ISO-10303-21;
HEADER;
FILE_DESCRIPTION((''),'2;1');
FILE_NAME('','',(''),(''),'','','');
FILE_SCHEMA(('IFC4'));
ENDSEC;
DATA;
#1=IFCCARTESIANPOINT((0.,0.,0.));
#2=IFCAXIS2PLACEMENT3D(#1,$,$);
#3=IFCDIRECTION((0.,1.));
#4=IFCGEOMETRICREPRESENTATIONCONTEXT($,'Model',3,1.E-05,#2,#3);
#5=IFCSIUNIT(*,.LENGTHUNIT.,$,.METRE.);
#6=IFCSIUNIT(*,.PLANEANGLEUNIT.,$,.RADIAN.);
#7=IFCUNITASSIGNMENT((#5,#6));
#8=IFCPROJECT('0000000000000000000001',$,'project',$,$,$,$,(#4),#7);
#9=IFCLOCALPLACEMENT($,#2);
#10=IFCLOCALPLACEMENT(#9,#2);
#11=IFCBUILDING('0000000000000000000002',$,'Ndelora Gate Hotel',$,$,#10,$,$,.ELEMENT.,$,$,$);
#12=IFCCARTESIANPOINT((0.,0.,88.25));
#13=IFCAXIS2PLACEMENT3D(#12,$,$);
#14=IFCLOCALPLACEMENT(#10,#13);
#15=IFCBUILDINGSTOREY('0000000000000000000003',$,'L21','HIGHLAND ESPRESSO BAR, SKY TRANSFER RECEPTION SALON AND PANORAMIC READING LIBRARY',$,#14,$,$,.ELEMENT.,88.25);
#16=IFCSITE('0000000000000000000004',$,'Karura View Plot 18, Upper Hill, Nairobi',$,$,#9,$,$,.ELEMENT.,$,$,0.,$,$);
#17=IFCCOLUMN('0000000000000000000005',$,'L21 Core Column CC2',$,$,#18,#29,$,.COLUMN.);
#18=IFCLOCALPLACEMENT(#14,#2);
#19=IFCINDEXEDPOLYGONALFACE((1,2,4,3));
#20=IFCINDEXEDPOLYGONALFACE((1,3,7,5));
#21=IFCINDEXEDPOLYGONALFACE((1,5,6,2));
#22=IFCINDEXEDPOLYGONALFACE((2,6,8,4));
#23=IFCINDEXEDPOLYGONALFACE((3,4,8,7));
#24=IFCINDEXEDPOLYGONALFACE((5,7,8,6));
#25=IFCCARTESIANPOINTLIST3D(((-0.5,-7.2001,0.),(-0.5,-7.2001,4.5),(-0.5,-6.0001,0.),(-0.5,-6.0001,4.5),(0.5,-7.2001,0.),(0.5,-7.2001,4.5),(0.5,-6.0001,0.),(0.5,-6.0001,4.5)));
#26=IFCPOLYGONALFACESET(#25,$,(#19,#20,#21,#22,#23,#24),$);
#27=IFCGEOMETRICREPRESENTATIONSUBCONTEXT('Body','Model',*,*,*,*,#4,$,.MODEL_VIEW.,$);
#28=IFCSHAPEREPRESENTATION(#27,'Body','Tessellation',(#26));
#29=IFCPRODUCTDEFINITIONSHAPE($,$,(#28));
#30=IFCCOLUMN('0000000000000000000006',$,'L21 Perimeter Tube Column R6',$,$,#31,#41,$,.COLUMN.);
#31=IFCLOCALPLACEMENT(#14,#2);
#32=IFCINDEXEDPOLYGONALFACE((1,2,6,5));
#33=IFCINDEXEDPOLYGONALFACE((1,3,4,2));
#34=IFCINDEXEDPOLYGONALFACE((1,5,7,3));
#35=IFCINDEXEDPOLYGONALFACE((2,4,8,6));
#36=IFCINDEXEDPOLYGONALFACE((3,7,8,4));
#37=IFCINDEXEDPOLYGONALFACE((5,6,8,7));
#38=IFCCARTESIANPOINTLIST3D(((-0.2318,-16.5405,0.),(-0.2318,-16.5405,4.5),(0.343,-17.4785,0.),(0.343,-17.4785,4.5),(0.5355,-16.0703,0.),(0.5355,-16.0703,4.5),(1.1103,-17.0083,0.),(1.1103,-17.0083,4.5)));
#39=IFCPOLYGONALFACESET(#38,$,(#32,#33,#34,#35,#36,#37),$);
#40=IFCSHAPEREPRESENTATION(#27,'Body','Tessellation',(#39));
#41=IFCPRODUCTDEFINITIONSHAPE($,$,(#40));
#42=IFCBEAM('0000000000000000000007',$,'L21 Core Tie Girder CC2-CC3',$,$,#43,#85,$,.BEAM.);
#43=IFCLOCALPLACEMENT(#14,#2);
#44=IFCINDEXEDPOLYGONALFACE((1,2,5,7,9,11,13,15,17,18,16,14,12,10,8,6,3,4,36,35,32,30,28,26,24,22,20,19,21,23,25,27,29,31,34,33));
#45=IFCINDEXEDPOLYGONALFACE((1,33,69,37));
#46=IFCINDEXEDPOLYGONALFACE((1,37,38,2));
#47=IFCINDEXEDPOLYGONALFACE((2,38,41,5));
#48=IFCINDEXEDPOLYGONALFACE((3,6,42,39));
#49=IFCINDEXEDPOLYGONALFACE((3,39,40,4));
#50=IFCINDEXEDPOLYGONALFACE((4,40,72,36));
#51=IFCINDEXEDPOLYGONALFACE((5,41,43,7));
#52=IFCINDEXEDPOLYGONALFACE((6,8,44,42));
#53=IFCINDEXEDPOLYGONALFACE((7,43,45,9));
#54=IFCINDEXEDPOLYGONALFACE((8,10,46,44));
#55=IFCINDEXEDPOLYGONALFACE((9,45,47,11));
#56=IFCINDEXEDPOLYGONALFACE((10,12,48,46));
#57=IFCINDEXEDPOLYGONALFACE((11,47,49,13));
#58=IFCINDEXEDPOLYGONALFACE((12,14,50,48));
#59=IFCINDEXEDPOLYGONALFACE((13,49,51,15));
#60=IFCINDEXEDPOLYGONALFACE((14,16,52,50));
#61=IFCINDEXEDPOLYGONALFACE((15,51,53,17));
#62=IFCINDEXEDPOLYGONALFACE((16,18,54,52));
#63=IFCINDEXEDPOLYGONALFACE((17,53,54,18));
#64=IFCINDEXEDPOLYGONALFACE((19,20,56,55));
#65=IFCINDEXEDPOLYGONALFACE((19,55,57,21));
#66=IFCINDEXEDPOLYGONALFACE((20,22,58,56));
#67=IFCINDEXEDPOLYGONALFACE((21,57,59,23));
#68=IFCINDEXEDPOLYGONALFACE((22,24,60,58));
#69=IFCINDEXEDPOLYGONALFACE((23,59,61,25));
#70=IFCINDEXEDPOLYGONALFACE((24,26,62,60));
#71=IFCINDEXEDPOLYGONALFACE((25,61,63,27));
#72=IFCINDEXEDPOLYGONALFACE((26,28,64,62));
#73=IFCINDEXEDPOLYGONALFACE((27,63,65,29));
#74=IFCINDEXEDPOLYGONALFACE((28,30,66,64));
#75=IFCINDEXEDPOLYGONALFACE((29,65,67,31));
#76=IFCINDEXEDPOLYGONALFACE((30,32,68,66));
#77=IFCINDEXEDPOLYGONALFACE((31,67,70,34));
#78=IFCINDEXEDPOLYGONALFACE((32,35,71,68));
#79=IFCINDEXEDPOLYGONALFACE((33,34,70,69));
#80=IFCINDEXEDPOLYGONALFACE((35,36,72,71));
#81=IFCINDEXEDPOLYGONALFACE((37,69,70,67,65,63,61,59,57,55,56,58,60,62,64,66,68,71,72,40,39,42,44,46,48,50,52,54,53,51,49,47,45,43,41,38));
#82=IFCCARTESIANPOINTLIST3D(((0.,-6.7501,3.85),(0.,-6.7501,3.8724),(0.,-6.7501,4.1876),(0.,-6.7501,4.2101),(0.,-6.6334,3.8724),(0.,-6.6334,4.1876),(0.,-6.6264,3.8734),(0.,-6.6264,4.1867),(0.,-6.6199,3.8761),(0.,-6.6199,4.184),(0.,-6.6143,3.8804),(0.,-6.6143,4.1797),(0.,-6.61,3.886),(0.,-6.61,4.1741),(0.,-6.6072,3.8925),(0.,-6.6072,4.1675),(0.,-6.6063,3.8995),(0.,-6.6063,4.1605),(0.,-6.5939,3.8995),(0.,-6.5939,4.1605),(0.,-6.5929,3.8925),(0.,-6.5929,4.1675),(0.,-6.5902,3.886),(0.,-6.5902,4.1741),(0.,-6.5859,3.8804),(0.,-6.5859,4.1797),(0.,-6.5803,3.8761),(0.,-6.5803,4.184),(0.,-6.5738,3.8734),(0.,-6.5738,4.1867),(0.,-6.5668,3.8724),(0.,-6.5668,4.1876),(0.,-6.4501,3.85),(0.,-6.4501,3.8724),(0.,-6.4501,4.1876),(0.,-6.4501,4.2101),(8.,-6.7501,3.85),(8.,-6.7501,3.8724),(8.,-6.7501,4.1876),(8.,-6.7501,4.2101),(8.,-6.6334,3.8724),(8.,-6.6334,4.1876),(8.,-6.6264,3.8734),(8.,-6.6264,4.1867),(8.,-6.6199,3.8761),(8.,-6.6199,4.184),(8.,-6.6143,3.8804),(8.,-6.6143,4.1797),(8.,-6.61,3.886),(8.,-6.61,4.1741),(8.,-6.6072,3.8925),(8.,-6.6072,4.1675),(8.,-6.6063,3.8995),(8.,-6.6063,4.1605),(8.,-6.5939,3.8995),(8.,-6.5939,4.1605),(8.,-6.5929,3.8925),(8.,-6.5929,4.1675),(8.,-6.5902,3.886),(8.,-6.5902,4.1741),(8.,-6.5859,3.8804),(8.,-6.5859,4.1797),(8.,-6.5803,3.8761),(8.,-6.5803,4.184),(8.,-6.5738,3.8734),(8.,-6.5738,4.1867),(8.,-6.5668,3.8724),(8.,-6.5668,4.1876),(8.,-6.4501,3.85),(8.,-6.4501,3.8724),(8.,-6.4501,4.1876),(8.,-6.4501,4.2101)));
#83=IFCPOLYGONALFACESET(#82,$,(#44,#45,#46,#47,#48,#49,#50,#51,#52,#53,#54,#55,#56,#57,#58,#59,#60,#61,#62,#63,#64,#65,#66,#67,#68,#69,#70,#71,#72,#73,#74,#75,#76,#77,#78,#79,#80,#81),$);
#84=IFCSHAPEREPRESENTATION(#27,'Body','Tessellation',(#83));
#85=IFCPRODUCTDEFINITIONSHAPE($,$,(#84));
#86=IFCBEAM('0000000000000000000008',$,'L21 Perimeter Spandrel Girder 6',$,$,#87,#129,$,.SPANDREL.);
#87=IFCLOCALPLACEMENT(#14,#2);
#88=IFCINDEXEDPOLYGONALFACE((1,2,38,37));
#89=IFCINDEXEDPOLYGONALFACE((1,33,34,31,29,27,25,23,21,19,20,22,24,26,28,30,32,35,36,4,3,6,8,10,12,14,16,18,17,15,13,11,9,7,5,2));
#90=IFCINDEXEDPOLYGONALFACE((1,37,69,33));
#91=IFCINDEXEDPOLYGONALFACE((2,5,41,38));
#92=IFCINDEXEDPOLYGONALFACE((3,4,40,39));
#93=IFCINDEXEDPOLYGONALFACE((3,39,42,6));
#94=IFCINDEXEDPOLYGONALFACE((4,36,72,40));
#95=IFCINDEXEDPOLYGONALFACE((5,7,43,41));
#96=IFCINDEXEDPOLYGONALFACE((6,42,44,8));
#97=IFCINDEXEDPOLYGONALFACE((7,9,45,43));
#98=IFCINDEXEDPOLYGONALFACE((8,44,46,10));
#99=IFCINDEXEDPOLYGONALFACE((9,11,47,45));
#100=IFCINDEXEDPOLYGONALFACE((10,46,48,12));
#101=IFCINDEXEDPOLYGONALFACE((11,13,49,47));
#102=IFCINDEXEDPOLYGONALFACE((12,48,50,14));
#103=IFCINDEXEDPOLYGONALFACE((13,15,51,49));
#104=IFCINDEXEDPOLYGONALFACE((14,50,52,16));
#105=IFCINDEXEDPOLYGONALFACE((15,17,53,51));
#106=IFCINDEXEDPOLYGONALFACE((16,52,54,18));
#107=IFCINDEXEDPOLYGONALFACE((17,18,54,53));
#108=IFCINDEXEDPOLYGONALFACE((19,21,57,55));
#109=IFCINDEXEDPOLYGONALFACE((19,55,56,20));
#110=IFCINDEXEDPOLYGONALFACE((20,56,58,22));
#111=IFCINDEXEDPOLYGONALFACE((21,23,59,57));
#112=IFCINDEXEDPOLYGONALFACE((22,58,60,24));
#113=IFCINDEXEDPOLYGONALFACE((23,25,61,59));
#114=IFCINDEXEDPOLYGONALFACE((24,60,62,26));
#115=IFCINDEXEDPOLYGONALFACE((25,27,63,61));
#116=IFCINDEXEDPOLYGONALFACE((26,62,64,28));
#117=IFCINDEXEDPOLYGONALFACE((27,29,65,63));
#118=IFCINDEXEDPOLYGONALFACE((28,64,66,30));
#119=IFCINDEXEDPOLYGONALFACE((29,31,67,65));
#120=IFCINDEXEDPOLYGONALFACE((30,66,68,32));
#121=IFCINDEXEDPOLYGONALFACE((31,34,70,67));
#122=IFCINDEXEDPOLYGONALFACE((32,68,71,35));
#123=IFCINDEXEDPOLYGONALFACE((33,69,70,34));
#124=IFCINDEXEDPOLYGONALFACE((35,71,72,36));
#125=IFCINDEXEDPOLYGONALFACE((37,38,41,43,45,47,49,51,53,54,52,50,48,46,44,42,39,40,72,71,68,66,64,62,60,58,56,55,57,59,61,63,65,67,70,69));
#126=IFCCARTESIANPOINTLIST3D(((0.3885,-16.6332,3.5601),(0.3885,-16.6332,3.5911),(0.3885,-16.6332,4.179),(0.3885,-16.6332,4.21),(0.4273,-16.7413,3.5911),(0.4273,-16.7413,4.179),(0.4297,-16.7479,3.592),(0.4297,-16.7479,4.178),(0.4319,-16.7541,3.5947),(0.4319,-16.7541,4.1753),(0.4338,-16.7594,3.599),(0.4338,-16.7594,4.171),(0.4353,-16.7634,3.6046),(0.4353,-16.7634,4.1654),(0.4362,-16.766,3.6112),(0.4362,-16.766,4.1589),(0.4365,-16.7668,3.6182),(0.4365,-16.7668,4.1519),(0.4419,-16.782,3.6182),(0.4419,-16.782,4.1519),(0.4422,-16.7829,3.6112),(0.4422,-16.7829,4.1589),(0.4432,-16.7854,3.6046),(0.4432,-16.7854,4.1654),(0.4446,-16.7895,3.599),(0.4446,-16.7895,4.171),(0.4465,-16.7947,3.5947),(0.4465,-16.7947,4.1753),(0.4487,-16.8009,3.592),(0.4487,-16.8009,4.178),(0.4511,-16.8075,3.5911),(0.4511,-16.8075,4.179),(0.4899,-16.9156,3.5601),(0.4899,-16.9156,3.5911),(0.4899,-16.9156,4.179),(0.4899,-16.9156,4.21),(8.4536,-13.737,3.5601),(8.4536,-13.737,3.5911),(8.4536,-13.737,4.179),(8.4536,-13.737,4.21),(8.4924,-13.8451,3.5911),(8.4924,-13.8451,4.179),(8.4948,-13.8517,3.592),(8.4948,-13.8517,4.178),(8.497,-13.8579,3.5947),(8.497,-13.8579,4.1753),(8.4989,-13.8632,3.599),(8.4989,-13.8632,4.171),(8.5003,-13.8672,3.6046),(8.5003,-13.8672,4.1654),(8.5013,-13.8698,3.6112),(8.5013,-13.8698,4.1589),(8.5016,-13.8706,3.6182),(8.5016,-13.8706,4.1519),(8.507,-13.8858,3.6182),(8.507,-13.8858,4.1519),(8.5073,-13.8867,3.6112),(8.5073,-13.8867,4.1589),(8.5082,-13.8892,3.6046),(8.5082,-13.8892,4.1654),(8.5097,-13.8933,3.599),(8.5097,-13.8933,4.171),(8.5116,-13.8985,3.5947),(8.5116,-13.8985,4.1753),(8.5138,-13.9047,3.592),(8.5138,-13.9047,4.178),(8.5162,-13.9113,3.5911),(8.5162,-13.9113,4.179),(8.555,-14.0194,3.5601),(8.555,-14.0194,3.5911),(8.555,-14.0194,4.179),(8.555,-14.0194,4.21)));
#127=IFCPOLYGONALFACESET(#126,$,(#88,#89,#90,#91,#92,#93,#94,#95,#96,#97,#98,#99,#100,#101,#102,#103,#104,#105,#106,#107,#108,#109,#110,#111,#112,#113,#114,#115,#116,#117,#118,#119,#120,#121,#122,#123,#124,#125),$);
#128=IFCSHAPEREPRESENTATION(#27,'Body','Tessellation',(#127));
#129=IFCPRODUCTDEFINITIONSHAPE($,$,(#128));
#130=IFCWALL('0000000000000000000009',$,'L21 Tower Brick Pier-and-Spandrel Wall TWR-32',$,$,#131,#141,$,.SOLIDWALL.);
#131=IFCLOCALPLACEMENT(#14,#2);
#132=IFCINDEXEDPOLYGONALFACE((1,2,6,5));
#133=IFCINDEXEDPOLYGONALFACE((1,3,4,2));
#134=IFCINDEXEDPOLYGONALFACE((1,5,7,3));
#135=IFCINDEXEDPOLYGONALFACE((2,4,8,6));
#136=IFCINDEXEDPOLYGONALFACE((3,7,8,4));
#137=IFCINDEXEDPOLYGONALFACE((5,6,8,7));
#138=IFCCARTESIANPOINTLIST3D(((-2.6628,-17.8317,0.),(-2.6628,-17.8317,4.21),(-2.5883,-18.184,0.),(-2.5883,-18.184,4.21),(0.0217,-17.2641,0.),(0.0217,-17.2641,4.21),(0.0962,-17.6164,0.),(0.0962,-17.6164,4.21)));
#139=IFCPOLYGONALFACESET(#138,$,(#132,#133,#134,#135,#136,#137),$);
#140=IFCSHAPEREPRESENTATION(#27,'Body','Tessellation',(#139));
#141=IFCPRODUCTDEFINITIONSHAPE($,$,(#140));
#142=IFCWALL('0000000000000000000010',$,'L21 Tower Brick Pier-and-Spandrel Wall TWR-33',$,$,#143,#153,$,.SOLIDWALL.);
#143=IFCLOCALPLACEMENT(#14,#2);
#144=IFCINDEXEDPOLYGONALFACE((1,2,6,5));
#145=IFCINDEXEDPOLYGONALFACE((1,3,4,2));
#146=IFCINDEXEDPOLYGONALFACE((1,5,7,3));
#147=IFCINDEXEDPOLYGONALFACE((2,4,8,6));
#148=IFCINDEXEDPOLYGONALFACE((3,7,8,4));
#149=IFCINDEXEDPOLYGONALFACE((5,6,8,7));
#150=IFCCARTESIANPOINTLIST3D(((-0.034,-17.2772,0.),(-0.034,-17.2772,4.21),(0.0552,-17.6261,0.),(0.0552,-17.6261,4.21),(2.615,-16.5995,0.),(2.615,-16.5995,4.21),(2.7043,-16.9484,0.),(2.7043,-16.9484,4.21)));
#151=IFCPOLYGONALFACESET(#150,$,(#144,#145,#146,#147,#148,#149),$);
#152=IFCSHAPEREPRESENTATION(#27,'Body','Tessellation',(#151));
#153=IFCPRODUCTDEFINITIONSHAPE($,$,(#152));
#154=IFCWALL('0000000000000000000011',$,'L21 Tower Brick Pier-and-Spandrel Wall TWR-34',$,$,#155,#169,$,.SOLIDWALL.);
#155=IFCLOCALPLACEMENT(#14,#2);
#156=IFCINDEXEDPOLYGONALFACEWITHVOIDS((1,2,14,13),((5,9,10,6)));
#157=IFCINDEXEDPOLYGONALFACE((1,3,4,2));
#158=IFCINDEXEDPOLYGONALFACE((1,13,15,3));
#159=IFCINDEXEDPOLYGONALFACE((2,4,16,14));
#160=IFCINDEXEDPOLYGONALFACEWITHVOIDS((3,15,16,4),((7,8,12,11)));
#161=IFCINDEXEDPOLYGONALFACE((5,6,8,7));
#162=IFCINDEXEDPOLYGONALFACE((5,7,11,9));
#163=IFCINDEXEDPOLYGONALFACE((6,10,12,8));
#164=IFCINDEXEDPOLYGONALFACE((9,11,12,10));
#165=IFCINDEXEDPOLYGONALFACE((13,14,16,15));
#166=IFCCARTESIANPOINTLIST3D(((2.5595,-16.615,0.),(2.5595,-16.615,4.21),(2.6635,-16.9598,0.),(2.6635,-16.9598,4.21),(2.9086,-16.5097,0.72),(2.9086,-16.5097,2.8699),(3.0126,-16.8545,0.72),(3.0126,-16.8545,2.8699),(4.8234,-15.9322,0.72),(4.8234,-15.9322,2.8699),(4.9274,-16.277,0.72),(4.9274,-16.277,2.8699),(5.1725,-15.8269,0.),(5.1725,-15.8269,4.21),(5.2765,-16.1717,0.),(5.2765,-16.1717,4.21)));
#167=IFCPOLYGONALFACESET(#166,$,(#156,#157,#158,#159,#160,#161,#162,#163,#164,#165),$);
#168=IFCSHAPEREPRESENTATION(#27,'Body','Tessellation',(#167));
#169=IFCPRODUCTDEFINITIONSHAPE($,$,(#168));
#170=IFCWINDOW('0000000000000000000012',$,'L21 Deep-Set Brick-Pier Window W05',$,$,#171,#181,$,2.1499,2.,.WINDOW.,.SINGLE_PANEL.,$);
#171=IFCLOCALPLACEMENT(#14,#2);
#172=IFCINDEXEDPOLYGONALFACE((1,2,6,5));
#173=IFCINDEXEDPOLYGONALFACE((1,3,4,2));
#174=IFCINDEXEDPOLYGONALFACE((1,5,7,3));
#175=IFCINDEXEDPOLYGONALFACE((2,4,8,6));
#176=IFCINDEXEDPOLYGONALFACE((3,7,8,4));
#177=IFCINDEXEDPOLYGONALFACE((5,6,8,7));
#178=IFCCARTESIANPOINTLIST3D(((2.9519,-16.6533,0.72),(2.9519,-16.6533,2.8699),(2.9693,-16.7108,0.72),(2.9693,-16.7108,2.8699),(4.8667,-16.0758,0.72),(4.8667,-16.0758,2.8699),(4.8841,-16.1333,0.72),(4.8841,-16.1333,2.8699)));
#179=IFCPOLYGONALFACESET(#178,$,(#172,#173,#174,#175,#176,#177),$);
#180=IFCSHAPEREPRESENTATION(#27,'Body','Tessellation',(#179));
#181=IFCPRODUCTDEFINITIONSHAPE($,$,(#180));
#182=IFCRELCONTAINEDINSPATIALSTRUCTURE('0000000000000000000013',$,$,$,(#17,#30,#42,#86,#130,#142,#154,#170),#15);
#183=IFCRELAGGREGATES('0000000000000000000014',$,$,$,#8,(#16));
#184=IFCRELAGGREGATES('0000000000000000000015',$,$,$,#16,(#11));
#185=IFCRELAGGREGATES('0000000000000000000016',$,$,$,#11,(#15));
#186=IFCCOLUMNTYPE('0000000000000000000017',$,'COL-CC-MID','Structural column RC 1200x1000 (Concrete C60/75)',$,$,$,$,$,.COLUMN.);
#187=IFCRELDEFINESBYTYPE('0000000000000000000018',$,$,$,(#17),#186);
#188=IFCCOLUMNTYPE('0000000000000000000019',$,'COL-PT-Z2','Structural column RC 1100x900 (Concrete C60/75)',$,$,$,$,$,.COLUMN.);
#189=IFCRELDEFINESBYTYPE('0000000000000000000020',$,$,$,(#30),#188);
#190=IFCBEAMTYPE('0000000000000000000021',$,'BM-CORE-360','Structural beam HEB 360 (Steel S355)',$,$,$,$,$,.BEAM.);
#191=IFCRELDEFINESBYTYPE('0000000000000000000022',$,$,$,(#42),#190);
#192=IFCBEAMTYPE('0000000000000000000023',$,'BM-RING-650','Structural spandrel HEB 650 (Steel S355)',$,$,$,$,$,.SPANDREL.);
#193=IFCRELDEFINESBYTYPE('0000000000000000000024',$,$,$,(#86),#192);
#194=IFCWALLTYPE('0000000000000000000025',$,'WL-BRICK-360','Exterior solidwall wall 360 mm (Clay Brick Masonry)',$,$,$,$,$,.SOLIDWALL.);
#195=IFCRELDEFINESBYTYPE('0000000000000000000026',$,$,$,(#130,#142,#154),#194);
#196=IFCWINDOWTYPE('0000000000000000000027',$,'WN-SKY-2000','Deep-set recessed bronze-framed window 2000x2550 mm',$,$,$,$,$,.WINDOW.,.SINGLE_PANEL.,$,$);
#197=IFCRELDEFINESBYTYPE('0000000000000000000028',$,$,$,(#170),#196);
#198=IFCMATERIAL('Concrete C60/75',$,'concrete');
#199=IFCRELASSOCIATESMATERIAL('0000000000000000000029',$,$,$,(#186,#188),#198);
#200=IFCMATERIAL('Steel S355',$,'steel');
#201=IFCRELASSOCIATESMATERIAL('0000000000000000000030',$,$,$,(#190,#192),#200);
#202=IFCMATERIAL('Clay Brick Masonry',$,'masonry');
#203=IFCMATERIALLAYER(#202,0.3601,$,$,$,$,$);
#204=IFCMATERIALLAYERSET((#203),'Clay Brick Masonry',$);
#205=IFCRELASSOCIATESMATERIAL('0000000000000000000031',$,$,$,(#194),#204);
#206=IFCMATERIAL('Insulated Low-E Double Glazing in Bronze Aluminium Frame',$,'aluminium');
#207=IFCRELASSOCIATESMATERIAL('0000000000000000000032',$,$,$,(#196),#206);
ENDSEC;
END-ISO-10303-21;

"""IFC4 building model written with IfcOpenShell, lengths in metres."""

from ifc_helpers import new_model, si_unit, direction, frame, frame_2d, origin, origin_2d, place, context, subcontext, project, spatial, rectangle, i_section, extrude, material, layer, layer_set, material_profile, profile_set, type_object, element, fill, save


model = new_model("IFC4")

# Units and contexts
model_context = context("Model", 3, precision=1e-05, world=origin(), true_north=direction((0.0, 1.0)))
body_context = subcontext(model_context, "Body", "Model", "MODEL_VIEW")
ifc_project = project(units=[si_unit("LENGTHUNIT", "METRE"), si_unit("PLANEANGLEUNIT", "RADIAN")], contexts=[model_context])

# Site, building, storey
site_placement = place(None, origin())
site = spatial("IfcSite", under=ifc_project, at=site_placement, Name="Karura View Plot 18, Upper Hill, Nairobi", CompositionType="ELEMENT", RefElevation=0.0)
building_placement = place(site_placement, origin())
building = spatial("IfcBuilding", under=site, at=building_placement, Name="Ndelora Gate Hotel", CompositionType="ELEMENT")
storey_placement = place(building_placement, frame((0.0, 0.0, 88.25)))
storey = spatial("IfcBuildingStorey", under=building, at=storey_placement, Name="L21", Description="HIGHLAND ESPRESSO BAR, SKY TRANSFER RECEPTION SALON AND PANORAMIC READING LIBRARY", CompositionType="ELEMENT", Elevation=88.25)

# Columns
ifc_material_1 = material(Name="Concrete C60/75", Category="concrete")
ifc_material_profile_1 = material_profile(ifc_material_1, rectangle(XDim=1.0, YDim=1.2, at=origin_2d()), Name="RC 1200x1000")
ifc_profile_set_1 = profile_set([ifc_material_profile_1], Name="Concrete C60/75")
column_type_1 = type_object("IfcColumnType", Name="COL-CC-MID", Description="Structural column RC 1200x1000 (Concrete C60/75)", PredefinedType="COLUMN", material=ifc_profile_set_1)
column_1_placement = place(storey_placement, frame((0.0, -6.6001, 0.0), z_axis=(0.0, 0.0, 1.0), x_axis=(1.0, 0.0, 0.0)))
element("IfcColumn", 1, at=column_1_placement, inside=storey, type_object=column_type_1, Name="L21 Core Column CC2", PredefinedType="COLUMN", context=body_context, shape_type="SweptSolid", body=[
    extrude(rectangle(XDim=1.0, YDim=1.2, at=origin_2d()), origin(), (0.0, 0.0, 1.0), 4.5),
])
ifc_material_profile_2 = material_profile(ifc_material_1, rectangle(XDim=0.8999, YDim=1.1001, at=origin_2d()), Name="RC 1100x900")
ifc_profile_set_2 = profile_set([ifc_material_profile_2], Name="Concrete C60/75")
column_type_2 = type_object("IfcColumnType", Name="COL-PT-Z2", Description="Structural column RC 1100x900 (Concrete C60/75)", PredefinedType="COLUMN", material=ifc_profile_set_2)
column_2_placement = place(storey_placement, frame((0.4392, -16.7744, 0.0), z_axis=(0.0, 0.0, 1.0), x_axis=(0.85264, 0.522499, 0.0)))
element("IfcColumn", 2, at=column_2_placement, inside=storey, type_object=column_type_2, Name="L21 Perimeter Tube Column R6", PredefinedType="COLUMN", context=body_context, shape_type="SweptSolid", body=[
    extrude(rectangle(XDim=0.8999, YDim=1.1001, at=origin_2d()), origin(), (0.0, 0.0, 1.0), 4.5),
])

# Beams
ifc_material_2 = material(Name="Steel S355", Category="steel")
ifc_material_profile_3 = material_profile(ifc_material_2, i_section(OverallWidth=0.3, OverallDepth=0.3601, WebThickness=0.0125, FlangeThickness=0.0225, FilletRadius=0.0271, at=origin_2d()), Name="HEB 360")
ifc_profile_set_3 = profile_set([ifc_material_profile_3], Name="Steel S355")
beam_type_1 = type_object("IfcBeamType", Name="BM-CORE-360", Description="Structural beam HEB 360 (Steel S355)", PredefinedType="BEAM", material=ifc_profile_set_3)
beam_1_placement = place(storey_placement, frame((0.0, -6.6001, 4.03), z_axis=(1.0, 0.0, 0.0), x_axis=(0.0, 1.0, 0.0)))
element("IfcBeam", 3, at=beam_1_placement, inside=storey, type_object=beam_type_1, Name="L21 Core Tie Girder CC2-CC3", PredefinedType="BEAM", context=body_context, shape_type="SweptSolid", body=[
    extrude(i_section(OverallWidth=0.3, OverallDepth=0.3601, WebThickness=0.0125, FlangeThickness=0.0225, FilletRadius=0.0271, at=origin_2d()), origin(), (0.0, 0.0, 1.0), 8.0),
])
ifc_material_profile_4 = material_profile(ifc_material_2, i_section(OverallWidth=0.3, OverallDepth=0.6499, WebThickness=0.0161, FlangeThickness=0.031, FilletRadius=0.0271, at=origin_2d()), Name="HEB 650")
ifc_profile_set_4 = profile_set([ifc_material_profile_4], Name="Steel S355")
beam_type_2 = type_object("IfcBeamType", Name="BM-RING-650", Description="Structural spandrel HEB 650 (Steel S355)", PredefinedType="SPANDREL", material=ifc_profile_set_4)
beam_2_placement = place(storey_placement, frame((0.4392, -16.7744, 3.885), z_axis=(0.941156, 0.337973, 0.0), x_axis=(-0.337973, 0.941156, 0.0)))
element("IfcBeam", 4, at=beam_2_placement, inside=storey, type_object=beam_type_2, Name="L21 Perimeter Spandrel Girder 6", PredefinedType="SPANDREL", context=body_context, shape_type="SweptSolid", body=[
    extrude(i_section(OverallWidth=0.3, OverallDepth=0.6499, WebThickness=0.0161, FlangeThickness=0.031, FilletRadius=0.0271, at=origin_2d()), origin(), (0.0, 0.0, 1.0), 8.5693),
])

# Walls
ifc_material_3 = material(Name="Clay Brick Masonry", Category="masonry")
ifc_layer_1 = layer(ifc_material_3, 0.3601)
ifc_layer_set_1 = layer_set([ifc_layer_1], Name="Clay Brick Masonry")
wall_type_1 = type_object("IfcWallType", Name="WL-BRICK-360", Description="Exterior solidwall wall 360 mm (Clay Brick Masonry)", PredefinedType="SOLIDWALL", material=ifc_layer_set_1)
wall_1_placement = place(storey_placement, frame((0.0591, -17.4402, 0.0), z_axis=(0.0, 0.0, 1.0), x_axis=(-0.978369, -0.206867, 0.0)))
element("IfcWall", 5, at=wall_1_placement, inside=storey, type_object=wall_type_1, Name="L21 Tower Brick Pier-and-Spandrel Wall TWR-32", PredefinedType="SOLIDWALL", context=body_context, shape_type="SweptSolid", body=[
    extrude(rectangle(XDim=2.7439, YDim=0.3601, at=frame_2d((1.3721, 0.0))), origin(), (0.0, 0.0, 1.0), 4.21),
])
wall_2_placement = place(storey_placement, frame((2.6597, -16.7739, 0.0), z_axis=(0.0, 0.0, 1.0), x_axis=(-0.968799, -0.247847, 0.0)))
element("IfcWall", 6, at=wall_2_placement, inside=storey, type_object=wall_type_1, Name="L21 Tower Brick Pier-and-Spandrel Wall TWR-33", PredefinedType="SOLIDWALL", context=body_context, shape_type="SweptSolid", body=[
    extrude(rectangle(XDim=2.7344, YDim=0.3601, at=frame_2d((1.3672, 0.0))), origin(), (0.0, 0.0, 1.0), 4.21),
])

# Wall, opening, window
wall_3_placement = place(storey_placement, frame((5.2246, -15.9993, 0.0), z_axis=(0.0, 0.0, 1.0), x_axis=(-0.957404, -0.288751, 0.0)))
wall_3 = element("IfcWall", 7, at=wall_3_placement, inside=storey, type_object=wall_type_1, Name="L21 Tower Brick Pier-and-Spandrel Wall TWR-34", PredefinedType="SOLIDWALL", context=body_context, shape_type="SweptSolid", body=[
    extrude(rectangle(XDim=2.7292, YDim=0.3601, at=frame_2d((1.3647, 0.0))), origin(), (0.0, 0.0, 1.0), 4.21),
])
opening_1_placement = place(wall_3_placement, frame((0.3647, 0.0, 0.72)))
opening_1 = element("IfcOpeningElement", 8, at=opening_1_placement, cuts=wall_3, PredefinedType="OPENING", context=body_context, shape_type="SweptSolid", body=[
    extrude(rectangle(XDim=2.0, YDim=2.1499, at=frame_2d((1.0, 1.075))), frame((0.0, 0.1899, 0.0), z_axis=(0.0, -1.0, 0.0), x_axis=(1.0, 0.0, 0.0)), (0.0, 0.0, 1.0), 0.3801),
])
ifc_material_4 = material(Name="Insulated Low-E Double Glazing in Bronze Aluminium Frame", Category="aluminium")
window_type = type_object("IfcWindowType", Name="WN-SKY-2000", Description="Deep-set recessed bronze-framed window 2000x2550 mm", PartitioningType="SINGLE_PANEL", PredefinedType="WINDOW", material=ifc_material_4)
window_placement = place(opening_1_placement, origin())
window = element("IfcWindow", 9, at=window_placement, inside=storey, type_object=window_type, Name="L21 Deep-Set Brick-Pier Window W05", OverallHeight=2.1499, OverallWidth=2.0, PartitioningType="SINGLE_PANEL", PredefinedType="WINDOW", context=body_context, shape_type="SweptSolid", body=[
    extrude(rectangle(XDim=2.0, YDim=2.1499, at=frame_2d((1.0, 1.075))), frame((0.0, 0.03, 0.0), z_axis=(0.0, -1.0, 0.0), x_axis=(1.0, 0.0, 0.0)), (0.0, 0.0, 1.0), 0.0601),
])
fill(opening_1, window)

save(model, "model.ifc")
